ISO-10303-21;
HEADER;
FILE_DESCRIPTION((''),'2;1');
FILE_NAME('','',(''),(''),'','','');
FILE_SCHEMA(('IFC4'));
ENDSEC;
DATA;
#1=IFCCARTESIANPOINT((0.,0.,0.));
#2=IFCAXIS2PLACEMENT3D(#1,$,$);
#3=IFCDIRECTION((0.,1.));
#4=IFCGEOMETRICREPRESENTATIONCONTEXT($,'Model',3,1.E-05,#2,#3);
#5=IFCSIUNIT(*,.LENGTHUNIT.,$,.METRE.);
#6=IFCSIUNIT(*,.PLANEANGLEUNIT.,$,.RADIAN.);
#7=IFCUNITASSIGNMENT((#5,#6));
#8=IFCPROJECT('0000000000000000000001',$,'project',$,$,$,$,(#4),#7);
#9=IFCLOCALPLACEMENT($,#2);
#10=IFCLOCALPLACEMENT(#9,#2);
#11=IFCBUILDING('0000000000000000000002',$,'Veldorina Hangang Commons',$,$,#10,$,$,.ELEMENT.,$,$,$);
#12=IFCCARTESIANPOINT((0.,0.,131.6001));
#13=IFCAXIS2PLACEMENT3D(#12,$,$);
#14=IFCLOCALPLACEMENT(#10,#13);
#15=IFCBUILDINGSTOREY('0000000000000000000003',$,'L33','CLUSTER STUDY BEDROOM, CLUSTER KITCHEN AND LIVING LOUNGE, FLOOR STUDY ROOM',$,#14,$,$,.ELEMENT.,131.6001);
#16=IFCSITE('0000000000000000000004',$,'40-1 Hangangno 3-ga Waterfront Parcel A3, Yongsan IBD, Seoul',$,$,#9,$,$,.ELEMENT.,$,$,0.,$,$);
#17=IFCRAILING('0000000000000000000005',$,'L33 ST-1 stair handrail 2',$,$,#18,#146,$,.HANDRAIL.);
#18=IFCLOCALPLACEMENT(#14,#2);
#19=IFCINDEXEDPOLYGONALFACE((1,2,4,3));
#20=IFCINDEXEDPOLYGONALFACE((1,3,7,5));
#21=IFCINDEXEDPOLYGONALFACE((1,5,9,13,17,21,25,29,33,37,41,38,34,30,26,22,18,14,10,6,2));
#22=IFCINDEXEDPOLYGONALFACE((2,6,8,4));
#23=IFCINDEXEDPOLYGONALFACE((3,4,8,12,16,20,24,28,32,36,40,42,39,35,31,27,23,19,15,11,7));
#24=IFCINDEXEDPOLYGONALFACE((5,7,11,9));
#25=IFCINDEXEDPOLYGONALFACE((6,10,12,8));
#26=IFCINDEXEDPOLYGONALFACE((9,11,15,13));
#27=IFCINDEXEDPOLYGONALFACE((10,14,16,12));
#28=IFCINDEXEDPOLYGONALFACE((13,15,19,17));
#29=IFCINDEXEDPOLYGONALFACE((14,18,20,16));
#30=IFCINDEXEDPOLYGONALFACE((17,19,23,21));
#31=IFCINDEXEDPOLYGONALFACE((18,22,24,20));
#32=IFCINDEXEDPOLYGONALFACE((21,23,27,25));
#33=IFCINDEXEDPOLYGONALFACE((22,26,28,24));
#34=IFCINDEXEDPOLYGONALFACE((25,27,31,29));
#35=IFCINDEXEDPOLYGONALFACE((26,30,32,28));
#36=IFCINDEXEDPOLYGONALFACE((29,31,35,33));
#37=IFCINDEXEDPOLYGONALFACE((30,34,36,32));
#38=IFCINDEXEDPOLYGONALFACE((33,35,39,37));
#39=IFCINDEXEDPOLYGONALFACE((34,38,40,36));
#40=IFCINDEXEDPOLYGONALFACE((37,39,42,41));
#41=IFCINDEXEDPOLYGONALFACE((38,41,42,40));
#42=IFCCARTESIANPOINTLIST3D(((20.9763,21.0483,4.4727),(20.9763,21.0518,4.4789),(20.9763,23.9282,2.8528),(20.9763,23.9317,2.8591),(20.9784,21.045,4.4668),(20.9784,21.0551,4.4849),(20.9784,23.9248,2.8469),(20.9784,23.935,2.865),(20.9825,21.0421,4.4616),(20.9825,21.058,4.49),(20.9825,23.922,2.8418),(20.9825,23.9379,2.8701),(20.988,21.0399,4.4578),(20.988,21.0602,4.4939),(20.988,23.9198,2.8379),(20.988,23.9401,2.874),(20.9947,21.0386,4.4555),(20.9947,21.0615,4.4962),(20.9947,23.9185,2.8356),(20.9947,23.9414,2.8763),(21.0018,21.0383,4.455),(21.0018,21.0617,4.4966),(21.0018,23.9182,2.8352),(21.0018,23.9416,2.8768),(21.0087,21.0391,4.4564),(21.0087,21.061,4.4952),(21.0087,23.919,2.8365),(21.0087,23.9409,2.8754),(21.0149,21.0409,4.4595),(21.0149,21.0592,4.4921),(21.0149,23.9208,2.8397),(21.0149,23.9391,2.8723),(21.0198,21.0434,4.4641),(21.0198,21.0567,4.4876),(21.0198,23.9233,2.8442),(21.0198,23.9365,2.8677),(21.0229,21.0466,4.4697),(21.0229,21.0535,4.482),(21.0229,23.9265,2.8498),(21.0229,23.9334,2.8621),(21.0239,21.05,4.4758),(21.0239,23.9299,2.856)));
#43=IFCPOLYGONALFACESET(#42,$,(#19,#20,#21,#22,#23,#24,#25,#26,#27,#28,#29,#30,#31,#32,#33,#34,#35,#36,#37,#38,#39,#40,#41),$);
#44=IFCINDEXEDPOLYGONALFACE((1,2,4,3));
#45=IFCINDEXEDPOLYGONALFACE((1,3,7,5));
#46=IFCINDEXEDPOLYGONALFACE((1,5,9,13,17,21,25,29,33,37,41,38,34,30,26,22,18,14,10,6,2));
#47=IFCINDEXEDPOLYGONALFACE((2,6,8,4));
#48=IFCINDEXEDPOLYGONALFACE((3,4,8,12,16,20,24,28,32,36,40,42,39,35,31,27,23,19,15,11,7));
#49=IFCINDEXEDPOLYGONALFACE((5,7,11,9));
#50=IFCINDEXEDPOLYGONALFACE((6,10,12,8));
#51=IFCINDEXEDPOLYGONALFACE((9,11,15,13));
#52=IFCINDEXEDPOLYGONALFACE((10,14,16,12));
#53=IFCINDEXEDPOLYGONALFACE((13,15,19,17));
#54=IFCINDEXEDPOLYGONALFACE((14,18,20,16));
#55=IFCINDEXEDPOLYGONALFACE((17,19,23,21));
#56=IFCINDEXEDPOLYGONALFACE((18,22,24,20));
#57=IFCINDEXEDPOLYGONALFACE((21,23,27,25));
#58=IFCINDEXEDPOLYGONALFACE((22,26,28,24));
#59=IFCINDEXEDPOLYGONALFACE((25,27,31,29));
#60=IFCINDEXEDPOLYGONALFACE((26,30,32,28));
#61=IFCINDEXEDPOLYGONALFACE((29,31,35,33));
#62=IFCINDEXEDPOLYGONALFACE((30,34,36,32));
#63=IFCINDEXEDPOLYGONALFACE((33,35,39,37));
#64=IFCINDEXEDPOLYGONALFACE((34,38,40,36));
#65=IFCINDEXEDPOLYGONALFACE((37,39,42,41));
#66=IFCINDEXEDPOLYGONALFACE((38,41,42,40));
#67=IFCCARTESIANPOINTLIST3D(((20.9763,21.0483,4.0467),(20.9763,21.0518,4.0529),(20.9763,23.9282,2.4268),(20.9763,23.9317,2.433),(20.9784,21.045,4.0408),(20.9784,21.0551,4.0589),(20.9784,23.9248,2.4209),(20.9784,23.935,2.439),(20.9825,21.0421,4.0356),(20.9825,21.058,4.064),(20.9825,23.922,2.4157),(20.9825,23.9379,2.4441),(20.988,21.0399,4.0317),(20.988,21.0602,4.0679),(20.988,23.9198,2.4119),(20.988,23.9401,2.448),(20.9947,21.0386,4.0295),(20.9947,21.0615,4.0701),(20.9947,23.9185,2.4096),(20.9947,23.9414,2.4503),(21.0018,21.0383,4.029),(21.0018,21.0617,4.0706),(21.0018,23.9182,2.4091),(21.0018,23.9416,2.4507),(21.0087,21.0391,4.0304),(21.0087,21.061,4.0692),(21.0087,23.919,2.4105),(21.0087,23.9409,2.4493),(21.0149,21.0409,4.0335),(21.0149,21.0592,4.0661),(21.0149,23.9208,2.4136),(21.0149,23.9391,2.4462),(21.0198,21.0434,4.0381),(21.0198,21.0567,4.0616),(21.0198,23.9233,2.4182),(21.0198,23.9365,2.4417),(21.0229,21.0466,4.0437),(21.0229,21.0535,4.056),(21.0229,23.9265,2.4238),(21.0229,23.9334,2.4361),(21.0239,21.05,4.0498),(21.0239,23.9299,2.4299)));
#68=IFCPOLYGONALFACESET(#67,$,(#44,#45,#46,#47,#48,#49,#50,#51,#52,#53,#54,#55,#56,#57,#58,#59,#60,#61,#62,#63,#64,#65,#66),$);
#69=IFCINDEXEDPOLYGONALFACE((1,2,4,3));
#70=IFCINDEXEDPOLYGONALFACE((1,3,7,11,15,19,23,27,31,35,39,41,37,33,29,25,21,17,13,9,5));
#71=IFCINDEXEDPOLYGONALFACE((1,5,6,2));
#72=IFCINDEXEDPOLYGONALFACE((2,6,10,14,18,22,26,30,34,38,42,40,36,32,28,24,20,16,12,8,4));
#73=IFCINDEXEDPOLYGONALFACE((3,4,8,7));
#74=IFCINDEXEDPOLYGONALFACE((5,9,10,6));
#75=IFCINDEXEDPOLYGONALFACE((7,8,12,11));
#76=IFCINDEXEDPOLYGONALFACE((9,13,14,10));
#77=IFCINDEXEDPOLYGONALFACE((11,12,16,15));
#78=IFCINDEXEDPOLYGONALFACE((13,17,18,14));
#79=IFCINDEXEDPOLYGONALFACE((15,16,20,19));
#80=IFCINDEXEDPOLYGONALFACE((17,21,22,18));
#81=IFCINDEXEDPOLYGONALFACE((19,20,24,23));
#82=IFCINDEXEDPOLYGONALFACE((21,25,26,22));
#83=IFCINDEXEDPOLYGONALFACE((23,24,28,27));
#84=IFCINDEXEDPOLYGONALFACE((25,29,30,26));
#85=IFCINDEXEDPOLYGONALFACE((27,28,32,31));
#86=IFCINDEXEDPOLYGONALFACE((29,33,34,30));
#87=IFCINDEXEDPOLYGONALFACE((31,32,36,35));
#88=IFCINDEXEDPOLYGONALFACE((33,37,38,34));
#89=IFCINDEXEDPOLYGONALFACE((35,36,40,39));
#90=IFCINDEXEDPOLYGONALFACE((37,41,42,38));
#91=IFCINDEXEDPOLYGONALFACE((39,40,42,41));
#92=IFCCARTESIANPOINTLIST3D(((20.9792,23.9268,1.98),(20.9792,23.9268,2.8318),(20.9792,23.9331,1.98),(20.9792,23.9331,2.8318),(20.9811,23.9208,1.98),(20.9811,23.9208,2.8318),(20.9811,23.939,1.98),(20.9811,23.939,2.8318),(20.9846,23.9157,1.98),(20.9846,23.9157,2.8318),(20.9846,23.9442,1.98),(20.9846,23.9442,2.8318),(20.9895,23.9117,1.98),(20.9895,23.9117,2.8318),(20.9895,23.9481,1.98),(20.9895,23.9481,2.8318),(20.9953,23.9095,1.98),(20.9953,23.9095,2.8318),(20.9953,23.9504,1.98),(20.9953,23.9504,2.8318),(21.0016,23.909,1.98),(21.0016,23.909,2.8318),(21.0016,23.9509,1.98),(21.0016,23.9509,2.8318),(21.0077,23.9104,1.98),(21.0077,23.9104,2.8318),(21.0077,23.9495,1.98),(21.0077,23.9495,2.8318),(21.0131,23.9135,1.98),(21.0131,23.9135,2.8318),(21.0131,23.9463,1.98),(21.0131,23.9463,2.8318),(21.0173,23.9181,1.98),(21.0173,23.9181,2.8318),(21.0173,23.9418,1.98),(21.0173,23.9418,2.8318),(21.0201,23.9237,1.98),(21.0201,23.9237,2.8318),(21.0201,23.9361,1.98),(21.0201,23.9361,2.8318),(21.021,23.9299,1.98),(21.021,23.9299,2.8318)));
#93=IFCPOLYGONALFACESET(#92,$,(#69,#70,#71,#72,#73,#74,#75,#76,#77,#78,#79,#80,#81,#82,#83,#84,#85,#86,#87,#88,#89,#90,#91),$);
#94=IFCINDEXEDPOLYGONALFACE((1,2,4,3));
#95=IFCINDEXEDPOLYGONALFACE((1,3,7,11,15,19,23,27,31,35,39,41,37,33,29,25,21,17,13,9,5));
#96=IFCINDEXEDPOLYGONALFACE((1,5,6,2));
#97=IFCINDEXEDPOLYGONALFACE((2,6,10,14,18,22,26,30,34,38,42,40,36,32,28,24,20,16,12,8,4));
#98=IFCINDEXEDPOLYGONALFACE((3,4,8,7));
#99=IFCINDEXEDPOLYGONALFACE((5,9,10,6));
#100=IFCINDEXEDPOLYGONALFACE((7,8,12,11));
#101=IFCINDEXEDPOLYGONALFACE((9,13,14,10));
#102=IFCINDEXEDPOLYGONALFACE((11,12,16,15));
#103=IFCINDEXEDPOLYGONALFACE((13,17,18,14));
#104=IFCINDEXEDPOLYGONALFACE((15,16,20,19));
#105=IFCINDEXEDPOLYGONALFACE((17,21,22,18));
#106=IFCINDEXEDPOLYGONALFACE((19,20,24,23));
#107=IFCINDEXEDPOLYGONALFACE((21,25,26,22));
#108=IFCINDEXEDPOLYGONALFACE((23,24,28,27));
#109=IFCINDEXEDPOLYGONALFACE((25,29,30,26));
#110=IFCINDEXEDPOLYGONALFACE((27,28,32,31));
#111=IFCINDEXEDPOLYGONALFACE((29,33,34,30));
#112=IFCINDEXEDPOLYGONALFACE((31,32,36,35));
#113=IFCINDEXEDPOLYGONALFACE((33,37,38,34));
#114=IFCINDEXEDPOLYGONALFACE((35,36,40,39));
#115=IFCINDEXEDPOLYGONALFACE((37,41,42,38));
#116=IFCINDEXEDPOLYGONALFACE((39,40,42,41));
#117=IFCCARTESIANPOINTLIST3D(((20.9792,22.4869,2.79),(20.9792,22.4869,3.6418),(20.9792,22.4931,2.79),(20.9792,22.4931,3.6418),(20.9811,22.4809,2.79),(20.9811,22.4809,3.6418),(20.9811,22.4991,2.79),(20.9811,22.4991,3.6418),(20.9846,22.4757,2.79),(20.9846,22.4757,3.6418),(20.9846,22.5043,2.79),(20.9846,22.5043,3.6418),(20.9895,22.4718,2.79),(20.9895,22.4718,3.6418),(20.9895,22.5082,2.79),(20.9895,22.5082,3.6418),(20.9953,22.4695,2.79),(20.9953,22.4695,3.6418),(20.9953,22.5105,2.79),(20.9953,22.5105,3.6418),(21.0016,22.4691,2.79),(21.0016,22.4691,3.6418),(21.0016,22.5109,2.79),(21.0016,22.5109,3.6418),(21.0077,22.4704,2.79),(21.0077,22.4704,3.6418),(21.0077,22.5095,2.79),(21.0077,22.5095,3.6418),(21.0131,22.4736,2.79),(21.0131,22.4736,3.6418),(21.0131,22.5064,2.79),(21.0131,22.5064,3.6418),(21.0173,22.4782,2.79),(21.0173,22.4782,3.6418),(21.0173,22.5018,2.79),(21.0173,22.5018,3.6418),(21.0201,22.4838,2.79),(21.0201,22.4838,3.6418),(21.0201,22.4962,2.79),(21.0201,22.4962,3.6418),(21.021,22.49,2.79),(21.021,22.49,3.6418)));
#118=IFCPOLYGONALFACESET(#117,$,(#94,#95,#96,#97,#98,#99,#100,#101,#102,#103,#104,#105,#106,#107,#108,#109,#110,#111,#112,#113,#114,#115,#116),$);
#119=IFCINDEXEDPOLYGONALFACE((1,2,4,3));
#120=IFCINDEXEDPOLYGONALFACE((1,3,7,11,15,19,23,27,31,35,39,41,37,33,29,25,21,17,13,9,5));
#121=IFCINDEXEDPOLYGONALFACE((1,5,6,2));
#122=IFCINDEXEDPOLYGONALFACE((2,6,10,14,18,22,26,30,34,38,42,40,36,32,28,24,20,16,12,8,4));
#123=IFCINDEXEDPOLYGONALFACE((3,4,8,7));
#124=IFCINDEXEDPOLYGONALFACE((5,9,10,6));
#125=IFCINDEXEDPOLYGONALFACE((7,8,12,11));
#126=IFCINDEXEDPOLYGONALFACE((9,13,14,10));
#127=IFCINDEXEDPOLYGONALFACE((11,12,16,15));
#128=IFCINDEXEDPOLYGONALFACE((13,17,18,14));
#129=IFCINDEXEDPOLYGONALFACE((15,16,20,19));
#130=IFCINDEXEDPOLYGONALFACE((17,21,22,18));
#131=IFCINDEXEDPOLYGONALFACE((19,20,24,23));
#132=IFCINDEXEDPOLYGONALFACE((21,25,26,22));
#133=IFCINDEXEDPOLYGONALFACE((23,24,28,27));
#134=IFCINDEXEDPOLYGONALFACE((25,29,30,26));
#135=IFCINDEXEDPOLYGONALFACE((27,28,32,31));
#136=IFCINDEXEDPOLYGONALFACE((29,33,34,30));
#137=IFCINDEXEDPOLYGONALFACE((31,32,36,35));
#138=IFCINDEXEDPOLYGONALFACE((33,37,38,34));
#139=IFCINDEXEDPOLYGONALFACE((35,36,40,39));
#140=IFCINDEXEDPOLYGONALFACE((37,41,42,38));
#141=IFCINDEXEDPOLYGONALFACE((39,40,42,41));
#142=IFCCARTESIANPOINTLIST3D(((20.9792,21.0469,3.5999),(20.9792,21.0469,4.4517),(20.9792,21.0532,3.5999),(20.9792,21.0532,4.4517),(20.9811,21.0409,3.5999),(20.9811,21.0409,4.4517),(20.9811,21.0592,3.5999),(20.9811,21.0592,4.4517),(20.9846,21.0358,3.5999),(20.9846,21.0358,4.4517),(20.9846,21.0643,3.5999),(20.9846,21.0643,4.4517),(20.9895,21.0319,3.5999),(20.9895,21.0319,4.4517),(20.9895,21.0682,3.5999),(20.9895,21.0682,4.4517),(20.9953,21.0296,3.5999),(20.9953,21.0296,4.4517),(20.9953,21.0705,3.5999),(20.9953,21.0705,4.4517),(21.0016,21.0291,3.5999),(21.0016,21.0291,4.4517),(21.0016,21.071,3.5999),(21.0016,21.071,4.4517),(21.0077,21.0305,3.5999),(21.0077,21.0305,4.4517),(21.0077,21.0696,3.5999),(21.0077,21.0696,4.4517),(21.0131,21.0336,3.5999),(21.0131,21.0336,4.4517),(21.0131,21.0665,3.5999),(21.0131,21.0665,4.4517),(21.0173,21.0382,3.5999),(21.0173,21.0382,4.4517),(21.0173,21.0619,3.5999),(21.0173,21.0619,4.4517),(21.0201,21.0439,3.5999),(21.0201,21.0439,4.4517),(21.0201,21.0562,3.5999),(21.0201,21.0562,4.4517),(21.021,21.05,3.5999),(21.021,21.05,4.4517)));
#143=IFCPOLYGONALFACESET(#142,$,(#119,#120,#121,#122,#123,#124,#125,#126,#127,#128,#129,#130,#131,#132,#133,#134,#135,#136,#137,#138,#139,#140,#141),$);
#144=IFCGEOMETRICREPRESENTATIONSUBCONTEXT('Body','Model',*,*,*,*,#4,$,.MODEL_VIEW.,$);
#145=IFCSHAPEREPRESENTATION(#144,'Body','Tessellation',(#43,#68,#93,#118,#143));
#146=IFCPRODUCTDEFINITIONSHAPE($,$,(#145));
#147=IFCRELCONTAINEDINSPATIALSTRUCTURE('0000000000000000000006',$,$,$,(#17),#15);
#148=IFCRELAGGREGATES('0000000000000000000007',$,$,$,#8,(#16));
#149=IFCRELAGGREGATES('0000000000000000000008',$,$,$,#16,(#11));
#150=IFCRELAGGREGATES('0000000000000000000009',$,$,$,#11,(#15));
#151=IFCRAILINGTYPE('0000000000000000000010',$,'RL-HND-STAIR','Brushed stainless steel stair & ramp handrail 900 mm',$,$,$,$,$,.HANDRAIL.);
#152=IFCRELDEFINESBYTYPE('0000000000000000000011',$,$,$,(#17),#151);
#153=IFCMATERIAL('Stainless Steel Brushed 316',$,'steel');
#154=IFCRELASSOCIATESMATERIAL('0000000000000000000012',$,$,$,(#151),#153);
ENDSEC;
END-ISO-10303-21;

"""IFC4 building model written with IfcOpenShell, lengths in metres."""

from ifc_helpers import new_model, si_unit, direction, frame, origin, origin_2d, place, context, subcontext, project, spatial, circle, extrude, material, type_object, element, save


model = new_model("IFC4")

# Units and contexts
model_context = context("Model", 3, precision=1e-05, world=origin(), true_north=direction((0.0, 1.0)))
body_context = subcontext(model_context, "Body", "Model", "MODEL_VIEW")
ifc_project = project(units=[si_unit("LENGTHUNIT", "METRE"), si_unit("PLANEANGLEUNIT", "RADIAN")], contexts=[model_context])

# Site, building, storey
site_placement = place(None, origin())
site = spatial("IfcSite", under=ifc_project, at=site_placement, Name="40-1 Hangangno 3-ga Waterfront Parcel A3, Yongsan IBD, Seoul", CompositionType="ELEMENT", RefElevation=0.0)
building_placement = place(site_placement, origin())
building = spatial("IfcBuilding", under=site, at=building_placement, Name="Veldorina Hangang Commons", CompositionType="ELEMENT")
storey_placement = place(building_placement, frame((0.0, 0.0, 131.6001)))
storey = spatial("IfcBuildingStorey", under=building, at=storey_placement, Name="L33", Description="CLUSTER STUDY BEDROOM, CLUSTER KITCHEN AND LIVING LOUNGE, FLOOR STUDY ROOM", CompositionType="ELEMENT", Elevation=131.6001)

# Railing
ifc_material_1 = material(Name="Stainless Steel Brushed 316", Category="steel")
railing_type_1 = type_object("IfcRailingType", Name="RL-HND-STAIR", Description="Brushed stainless steel stair & ramp handrail 900 mm", PredefinedType="HANDRAIL", material=ifc_material_1)
railing_1_placement = place(storey_placement, frame((21.0, 23.9299, 1.98)))
element("IfcRailing", 1, at=railing_1_placement, inside=storey, type_object=railing_type_1, Name="L33 ST-1 stair handrail 2", PredefinedType="HANDRAIL", context=body_context, shape_type="SweptSolid", body=[
    extrude(circle(Radius=0.0239, at=origin_2d()), frame((0.0, 0.0, 0.876), z_axis=(0.0, -0.871583, 0.490247), x_axis=(1.0, 0.0, 0.0)), (0.0, 0.0, 1.0), 3.3042),
    extrude(circle(Radius=0.0239, at=origin_2d()), frame((0.0, 0.0, 0.45), z_axis=(0.0, -0.871583, 0.490247), x_axis=(1.0, 0.0, 0.0)), (0.0, 0.0, 1.0), 3.3042),
    extrude(circle(Radius=0.021, at=origin_2d()), origin(), (0.0, 0.0, 1.0), 0.8518),
    extrude(circle(Radius=0.021, at=origin_2d()), frame((0.0, -1.4399, 0.8101)), (0.0, 0.0, 1.0), 0.8518),
    extrude(circle(Radius=0.021, at=origin_2d()), frame((0.0, -2.8799, 1.6199)), (0.0, 0.0, 1.0), 0.8518),
])

save(model, "model.ifc")
